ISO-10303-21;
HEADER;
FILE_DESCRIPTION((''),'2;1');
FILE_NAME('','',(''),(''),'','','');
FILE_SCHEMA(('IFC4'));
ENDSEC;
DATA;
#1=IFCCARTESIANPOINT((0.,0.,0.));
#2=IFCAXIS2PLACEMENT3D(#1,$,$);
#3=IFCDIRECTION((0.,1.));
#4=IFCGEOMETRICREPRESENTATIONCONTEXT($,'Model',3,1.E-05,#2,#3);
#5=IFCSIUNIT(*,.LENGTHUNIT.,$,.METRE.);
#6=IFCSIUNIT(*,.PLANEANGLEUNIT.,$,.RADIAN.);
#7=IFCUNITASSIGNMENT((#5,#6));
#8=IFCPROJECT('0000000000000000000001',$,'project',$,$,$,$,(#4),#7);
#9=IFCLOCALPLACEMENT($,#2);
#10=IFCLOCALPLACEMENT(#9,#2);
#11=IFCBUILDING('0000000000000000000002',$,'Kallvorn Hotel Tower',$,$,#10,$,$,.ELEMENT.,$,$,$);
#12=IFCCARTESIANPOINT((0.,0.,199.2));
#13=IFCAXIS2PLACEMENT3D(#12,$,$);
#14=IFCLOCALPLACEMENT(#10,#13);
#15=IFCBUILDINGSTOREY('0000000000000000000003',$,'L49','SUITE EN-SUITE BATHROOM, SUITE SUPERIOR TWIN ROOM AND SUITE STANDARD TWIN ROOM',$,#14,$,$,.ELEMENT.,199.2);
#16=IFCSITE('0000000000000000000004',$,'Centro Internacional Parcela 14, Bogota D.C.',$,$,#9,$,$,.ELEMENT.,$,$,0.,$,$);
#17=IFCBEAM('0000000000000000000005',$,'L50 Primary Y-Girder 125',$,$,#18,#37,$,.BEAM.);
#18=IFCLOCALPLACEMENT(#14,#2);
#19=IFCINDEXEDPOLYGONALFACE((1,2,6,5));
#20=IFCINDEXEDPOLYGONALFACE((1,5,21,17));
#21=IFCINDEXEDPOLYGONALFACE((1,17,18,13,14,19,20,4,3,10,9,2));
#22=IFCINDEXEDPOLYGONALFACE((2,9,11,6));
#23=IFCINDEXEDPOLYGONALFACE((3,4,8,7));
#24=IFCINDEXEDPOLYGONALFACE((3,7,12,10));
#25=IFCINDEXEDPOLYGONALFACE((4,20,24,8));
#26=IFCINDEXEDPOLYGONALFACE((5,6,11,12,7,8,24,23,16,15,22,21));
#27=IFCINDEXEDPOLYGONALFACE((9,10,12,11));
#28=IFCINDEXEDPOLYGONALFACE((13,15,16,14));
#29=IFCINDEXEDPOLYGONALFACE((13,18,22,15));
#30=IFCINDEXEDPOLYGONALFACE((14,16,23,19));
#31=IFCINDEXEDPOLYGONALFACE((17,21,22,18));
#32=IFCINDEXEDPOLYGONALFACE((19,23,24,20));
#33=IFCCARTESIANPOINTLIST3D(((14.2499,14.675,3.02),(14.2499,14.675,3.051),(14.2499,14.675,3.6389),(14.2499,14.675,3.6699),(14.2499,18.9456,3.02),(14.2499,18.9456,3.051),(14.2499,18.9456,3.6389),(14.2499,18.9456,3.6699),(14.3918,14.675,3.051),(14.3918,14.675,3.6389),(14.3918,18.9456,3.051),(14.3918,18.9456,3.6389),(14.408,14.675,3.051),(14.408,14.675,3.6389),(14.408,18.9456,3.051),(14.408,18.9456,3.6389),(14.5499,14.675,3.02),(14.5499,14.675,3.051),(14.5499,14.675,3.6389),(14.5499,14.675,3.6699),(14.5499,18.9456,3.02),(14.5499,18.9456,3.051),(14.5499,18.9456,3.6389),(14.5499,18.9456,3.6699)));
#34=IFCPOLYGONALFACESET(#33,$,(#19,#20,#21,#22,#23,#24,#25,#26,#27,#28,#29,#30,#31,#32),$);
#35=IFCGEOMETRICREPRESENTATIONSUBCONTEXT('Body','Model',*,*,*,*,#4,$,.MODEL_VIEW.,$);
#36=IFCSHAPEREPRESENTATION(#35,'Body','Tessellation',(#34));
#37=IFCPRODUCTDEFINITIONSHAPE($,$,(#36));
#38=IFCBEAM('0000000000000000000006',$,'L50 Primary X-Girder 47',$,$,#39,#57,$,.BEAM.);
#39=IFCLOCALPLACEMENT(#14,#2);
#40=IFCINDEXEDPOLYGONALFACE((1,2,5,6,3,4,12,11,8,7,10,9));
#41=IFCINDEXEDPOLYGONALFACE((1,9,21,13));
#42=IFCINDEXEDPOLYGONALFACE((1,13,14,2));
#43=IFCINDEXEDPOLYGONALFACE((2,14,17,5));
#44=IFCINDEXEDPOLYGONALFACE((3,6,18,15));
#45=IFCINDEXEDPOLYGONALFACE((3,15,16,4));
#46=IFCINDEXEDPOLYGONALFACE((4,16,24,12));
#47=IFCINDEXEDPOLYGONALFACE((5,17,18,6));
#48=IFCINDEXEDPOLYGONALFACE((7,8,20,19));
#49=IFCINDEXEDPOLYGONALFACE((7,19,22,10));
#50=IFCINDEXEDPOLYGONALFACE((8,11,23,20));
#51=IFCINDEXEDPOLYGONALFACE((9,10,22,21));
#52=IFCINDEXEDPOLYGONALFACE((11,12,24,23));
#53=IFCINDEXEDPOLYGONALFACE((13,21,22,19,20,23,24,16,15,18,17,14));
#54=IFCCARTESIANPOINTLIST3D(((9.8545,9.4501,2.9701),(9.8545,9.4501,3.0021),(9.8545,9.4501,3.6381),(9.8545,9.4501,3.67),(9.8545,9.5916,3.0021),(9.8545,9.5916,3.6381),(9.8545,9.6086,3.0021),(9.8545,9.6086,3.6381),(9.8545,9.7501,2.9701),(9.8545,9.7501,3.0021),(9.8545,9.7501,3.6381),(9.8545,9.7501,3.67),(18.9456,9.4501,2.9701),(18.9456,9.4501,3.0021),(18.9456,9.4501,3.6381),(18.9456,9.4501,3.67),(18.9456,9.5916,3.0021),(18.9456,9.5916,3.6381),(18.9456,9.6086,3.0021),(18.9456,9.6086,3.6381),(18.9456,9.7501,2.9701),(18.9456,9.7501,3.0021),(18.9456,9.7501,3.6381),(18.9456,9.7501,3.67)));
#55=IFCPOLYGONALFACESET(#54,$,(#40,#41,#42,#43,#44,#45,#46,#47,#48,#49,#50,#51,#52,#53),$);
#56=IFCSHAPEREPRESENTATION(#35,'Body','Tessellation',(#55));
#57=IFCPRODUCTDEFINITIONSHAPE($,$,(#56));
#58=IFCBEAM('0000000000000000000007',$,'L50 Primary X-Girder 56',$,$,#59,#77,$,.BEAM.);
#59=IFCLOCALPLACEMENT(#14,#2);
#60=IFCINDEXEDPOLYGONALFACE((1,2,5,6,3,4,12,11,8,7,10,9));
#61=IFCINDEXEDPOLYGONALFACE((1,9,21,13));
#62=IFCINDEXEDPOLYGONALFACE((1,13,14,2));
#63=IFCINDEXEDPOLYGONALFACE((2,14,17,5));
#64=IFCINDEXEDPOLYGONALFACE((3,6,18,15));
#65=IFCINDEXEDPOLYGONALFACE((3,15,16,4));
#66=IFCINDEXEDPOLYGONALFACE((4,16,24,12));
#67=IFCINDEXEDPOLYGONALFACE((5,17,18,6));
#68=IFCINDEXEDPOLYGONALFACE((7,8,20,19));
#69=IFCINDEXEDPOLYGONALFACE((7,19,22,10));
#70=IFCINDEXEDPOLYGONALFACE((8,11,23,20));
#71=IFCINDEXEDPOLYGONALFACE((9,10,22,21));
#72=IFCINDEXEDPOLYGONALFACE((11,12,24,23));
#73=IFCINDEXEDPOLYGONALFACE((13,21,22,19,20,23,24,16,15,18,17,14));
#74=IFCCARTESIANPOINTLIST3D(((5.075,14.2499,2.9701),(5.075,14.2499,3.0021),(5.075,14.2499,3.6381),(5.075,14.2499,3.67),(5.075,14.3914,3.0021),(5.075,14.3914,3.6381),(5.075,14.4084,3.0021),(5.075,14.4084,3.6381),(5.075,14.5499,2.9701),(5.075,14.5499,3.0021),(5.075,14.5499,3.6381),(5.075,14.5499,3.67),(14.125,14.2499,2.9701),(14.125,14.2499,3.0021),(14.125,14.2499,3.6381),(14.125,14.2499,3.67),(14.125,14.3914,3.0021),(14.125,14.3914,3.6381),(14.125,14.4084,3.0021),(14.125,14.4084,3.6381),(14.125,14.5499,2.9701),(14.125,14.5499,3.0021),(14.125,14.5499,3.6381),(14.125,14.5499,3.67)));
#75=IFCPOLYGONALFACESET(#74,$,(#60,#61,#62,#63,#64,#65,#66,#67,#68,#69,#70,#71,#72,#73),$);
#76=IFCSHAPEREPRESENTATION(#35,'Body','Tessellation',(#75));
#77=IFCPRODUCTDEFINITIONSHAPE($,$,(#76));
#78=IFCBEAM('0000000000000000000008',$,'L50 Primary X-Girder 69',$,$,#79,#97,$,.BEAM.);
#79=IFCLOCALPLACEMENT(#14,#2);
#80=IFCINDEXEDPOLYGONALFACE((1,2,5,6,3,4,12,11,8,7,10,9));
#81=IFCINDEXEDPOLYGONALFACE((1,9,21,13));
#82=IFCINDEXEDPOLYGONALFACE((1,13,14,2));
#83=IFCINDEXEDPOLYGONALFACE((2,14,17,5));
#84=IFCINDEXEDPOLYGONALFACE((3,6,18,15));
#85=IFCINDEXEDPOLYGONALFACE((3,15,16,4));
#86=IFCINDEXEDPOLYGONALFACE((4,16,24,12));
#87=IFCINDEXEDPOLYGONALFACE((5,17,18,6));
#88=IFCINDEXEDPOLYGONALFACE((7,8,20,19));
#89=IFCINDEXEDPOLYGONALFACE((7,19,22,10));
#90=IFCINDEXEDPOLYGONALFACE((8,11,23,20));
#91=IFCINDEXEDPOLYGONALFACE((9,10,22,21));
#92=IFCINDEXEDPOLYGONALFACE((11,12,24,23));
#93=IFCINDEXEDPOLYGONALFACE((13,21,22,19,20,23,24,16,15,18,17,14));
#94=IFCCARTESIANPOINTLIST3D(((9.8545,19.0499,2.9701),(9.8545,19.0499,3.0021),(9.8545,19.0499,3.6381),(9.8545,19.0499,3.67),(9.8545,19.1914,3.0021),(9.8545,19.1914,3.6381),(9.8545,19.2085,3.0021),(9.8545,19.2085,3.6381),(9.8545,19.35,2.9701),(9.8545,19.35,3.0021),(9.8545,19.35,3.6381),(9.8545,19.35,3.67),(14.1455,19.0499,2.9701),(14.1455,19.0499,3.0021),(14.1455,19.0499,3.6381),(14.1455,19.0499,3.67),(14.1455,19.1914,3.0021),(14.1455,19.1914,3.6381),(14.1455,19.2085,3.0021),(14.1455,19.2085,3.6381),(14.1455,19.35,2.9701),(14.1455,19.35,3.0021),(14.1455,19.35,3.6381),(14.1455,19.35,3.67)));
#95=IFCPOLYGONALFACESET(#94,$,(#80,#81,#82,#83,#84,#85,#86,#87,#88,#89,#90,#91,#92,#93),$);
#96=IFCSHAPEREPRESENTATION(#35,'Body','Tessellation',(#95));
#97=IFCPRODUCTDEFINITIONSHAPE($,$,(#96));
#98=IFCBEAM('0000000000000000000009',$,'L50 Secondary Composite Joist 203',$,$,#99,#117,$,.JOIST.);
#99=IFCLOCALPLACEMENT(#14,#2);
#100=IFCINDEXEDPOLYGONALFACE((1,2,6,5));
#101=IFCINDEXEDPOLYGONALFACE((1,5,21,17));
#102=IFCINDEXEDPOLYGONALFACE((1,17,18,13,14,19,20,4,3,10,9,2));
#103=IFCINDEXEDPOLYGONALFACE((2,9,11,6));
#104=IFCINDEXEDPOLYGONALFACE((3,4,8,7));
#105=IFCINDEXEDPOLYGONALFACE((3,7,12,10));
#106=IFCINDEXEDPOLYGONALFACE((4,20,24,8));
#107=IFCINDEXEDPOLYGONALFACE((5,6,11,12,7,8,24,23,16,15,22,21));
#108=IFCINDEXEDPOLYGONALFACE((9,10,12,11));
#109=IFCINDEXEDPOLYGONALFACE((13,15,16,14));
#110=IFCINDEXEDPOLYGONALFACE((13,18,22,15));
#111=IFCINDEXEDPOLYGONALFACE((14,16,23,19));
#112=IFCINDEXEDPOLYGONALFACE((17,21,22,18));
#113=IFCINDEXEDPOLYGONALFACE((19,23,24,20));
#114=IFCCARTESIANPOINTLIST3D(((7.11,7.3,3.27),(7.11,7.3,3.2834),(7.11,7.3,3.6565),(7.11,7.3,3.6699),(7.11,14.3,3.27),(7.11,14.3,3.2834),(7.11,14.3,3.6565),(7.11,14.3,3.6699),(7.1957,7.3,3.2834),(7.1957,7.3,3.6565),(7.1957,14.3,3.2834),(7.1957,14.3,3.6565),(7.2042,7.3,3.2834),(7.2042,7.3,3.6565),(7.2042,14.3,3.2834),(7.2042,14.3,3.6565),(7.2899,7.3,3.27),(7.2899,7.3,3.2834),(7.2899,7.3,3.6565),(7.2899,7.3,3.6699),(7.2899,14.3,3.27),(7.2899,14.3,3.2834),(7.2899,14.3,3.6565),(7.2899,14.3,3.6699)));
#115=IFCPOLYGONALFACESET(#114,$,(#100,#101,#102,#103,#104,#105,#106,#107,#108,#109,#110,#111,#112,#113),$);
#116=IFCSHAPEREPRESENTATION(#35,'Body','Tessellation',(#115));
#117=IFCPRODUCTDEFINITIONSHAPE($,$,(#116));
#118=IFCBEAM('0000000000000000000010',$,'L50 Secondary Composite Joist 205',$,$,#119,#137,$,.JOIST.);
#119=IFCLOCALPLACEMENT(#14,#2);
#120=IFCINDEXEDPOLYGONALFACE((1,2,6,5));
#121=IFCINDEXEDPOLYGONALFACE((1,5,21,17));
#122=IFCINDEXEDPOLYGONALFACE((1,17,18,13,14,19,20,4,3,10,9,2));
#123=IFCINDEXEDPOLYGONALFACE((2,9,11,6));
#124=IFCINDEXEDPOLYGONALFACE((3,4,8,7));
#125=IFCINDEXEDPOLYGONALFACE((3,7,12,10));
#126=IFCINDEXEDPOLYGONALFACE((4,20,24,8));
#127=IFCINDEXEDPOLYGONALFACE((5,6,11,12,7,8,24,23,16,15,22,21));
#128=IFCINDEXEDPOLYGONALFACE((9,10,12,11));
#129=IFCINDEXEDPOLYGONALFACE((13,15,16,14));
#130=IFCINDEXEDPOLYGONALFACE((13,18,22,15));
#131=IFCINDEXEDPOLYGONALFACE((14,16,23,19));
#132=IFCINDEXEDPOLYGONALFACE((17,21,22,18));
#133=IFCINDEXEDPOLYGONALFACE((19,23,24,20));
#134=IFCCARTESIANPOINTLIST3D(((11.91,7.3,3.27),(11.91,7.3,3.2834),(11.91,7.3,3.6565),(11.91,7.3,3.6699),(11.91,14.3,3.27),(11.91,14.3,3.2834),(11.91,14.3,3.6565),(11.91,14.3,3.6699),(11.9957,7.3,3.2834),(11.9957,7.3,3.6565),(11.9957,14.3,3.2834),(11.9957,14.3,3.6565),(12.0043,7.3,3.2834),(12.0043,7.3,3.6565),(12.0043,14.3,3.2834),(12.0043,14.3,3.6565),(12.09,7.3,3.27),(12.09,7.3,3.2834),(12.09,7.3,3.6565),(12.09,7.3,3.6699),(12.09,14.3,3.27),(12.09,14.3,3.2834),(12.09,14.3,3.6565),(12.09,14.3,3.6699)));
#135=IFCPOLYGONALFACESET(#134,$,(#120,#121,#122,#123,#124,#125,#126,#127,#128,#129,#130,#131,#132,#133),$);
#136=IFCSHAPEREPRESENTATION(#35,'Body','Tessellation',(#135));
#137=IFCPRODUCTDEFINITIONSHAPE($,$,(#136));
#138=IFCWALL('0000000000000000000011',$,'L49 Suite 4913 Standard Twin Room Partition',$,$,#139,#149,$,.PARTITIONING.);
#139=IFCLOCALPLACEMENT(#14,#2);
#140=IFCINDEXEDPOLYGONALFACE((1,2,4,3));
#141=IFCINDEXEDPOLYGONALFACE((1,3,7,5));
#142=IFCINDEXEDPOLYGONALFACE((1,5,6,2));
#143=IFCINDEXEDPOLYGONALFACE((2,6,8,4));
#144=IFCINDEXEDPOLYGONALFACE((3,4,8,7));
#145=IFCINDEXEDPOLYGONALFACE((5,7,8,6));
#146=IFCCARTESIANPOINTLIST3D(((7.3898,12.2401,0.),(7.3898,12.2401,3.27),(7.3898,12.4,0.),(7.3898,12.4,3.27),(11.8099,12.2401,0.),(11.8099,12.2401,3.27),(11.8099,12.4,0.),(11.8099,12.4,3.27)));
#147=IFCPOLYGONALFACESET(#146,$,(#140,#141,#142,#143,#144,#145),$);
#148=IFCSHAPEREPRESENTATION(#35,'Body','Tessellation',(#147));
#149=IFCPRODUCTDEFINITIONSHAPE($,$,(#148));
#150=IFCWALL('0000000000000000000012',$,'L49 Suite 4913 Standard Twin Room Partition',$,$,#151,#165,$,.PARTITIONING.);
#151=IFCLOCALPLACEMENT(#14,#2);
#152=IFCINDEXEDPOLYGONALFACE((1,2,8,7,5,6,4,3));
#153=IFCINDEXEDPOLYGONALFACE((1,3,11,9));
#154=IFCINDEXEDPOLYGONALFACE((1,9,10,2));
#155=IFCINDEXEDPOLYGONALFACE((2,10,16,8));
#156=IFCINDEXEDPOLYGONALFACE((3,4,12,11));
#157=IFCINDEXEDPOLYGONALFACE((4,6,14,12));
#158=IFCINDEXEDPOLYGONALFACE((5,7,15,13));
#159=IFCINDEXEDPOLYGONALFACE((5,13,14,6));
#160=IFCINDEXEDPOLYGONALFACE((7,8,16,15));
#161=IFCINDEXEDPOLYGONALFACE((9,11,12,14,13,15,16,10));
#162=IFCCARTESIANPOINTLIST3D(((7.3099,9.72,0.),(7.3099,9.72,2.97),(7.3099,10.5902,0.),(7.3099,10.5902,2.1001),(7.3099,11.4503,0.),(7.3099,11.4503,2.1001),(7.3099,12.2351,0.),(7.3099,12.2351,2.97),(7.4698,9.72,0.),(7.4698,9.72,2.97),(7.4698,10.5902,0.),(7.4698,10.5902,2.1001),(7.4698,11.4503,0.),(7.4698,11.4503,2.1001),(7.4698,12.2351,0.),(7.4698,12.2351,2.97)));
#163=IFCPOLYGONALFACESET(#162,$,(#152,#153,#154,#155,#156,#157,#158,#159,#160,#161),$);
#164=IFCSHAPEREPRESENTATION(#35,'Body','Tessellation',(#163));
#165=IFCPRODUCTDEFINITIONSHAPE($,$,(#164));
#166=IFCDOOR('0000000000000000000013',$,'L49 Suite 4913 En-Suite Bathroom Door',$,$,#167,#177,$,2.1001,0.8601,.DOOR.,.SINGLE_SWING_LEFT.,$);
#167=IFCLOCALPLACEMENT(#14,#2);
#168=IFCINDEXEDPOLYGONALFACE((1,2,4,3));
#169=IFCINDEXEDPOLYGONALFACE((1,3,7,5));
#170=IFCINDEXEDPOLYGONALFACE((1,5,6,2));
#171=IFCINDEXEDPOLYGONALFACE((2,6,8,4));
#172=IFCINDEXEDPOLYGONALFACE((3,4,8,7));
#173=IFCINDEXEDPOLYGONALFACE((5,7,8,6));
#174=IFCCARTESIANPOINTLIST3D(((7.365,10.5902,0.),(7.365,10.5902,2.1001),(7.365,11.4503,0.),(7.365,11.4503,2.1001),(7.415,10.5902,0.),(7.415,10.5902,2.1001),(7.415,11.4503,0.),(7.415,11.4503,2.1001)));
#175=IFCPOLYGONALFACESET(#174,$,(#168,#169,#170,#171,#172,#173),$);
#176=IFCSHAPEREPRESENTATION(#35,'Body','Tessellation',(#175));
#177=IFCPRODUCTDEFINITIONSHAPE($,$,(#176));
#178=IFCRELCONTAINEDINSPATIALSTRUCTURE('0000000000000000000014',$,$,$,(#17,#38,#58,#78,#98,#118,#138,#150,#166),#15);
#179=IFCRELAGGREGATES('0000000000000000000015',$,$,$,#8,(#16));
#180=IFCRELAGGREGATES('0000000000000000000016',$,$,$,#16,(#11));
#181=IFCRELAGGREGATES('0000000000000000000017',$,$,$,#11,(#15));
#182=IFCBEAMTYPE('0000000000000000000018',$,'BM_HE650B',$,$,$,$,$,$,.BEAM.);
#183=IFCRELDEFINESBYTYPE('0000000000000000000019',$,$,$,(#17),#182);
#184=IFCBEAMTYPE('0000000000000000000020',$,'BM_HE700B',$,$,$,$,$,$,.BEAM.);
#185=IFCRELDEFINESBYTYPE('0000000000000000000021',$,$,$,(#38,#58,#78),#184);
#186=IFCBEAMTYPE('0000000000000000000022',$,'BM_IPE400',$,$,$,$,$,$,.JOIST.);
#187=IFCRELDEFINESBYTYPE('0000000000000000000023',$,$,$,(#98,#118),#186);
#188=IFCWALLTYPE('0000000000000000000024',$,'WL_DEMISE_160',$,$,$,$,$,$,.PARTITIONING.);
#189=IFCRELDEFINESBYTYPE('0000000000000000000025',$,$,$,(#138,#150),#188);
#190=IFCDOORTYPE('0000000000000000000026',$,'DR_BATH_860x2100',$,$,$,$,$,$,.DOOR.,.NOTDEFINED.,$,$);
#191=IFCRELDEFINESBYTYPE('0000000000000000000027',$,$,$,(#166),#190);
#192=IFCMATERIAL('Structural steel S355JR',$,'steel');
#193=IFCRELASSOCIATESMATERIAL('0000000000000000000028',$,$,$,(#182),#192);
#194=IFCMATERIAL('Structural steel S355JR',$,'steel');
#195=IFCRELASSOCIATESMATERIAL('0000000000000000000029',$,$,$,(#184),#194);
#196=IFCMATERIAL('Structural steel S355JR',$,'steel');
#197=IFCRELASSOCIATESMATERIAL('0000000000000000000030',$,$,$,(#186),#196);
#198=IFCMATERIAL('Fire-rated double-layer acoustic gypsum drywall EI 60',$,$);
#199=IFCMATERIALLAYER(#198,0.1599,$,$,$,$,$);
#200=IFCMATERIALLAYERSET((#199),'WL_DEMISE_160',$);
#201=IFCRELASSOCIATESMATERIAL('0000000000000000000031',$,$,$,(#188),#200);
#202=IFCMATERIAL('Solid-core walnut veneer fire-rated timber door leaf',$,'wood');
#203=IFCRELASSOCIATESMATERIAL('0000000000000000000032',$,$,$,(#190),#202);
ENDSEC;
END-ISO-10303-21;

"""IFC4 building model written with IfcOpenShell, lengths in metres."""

from ifc_helpers import new_model, si_unit, direction, frame, frame_2d, origin, origin_2d, place, context, subcontext, project, spatial, rectangle, i_section, extrude, material, layer, layer_set, material_profile, profile_set, type_object, element, fill, save


model = new_model("IFC4")

# Units and contexts
model_context = context("Model", 3, precision=1e-05, world=origin(), true_north=direction((0.0, 1.0)))
body_context = subcontext(model_context, "Body", "Model", "MODEL_VIEW")
ifc_project = project(units=[si_unit("LENGTHUNIT", "METRE"), si_unit("PLANEANGLEUNIT", "RADIAN")], contexts=[model_context])

# Site, building, storey
site_placement = place(None, origin())
site = spatial("IfcSite", under=ifc_project, at=site_placement, Name="Centro Internacional Parcela 14, Bogota D.C.", CompositionType="ELEMENT", RefElevation=0.0)
building_placement = place(site_placement, origin())
building = spatial("IfcBuilding", under=site, at=building_placement, Name="Kallvorn Hotel Tower", CompositionType="ELEMENT")
storey_placement = place(building_placement, frame((0.0, 0.0, 199.2)))
storey = spatial("IfcBuildingStorey", under=building, at=storey_placement, Name="L49", Description="SUITE EN-SUITE BATHROOM, SUITE SUPERIOR TWIN ROOM AND SUITE STANDARD TWIN ROOM", CompositionType="ELEMENT", Elevation=199.2)

# Beams
ifc_material_1 = material(Name="Structural steel S355JR", Category="steel")
ifc_material_profile_1 = material_profile(ifc_material_1, i_section(OverallWidth=0.3, OverallDepth=0.6499, WebThickness=0.0161, FlangeThickness=0.031, at=origin_2d()), Name="HE 650 B")
ifc_profile_set_1 = profile_set([ifc_material_profile_1], Name="Structural steel S355JR")
beam_type_1 = type_object("IfcBeamType", Name="BM_HE650B", PredefinedType="BEAM", material=ifc_profile_set_1)
beam_1_placement = place(storey_placement, frame((14.3999, 14.675, 3.345), z_axis=(0.0, 1.0, 0.0), x_axis=(-1.0, 0.0, 0.0)))
element("IfcBeam", 1, at=beam_1_placement, inside=storey, type_object=beam_type_1, Name="L50 Primary Y-Girder 125", PredefinedType="BEAM", context=body_context, shape_type="SweptSolid", body=[
    extrude(i_section(OverallWidth=0.3, OverallDepth=0.6499, WebThickness=0.0161, FlangeThickness=0.031, at=origin_2d()), origin(), (0.0, 0.0, 1.0), 4.2705),
])
ifc_material_2 = material(Name="Structural steel S355JR", Category="steel")
ifc_material_profile_2 = material_profile(ifc_material_2, i_section(OverallWidth=0.3, OverallDepth=0.7, WebThickness=0.0171, FlangeThickness=0.032, at=origin_2d()), Name="HE 700 B")
ifc_profile_set_2 = profile_set([ifc_material_profile_2], Name="Structural steel S355JR")
beam_type_2 = type_object("IfcBeamType", Name="BM_HE700B", PredefinedType="BEAM", material=ifc_profile_set_2)
beam_2_placement = place(storey_placement, frame((9.8545, 9.6001, 3.3201), z_axis=(1.0, 0.0, 0.0), x_axis=(0.0, 1.0, 0.0)))
element("IfcBeam", 2, at=beam_2_placement, inside=storey, type_object=beam_type_2, Name="L50 Primary X-Girder 47", PredefinedType="BEAM", context=body_context, shape_type="SweptSolid", body=[
    extrude(i_section(OverallWidth=0.3, OverallDepth=0.7, WebThickness=0.0171, FlangeThickness=0.032, at=origin_2d()), origin(), (0.0, 0.0, 1.0), 9.0911),
])
beam_3_placement = place(storey_placement, frame((5.075, 14.3999, 3.3201), z_axis=(1.0, 0.0, 0.0), x_axis=(0.0, 1.0, 0.0)))
element("IfcBeam", 3, at=beam_3_placement, inside=storey, type_object=beam_type_2, Name="L50 Primary X-Girder 56", PredefinedType="BEAM", context=body_context, shape_type="SweptSolid", body=[
    extrude(i_section(OverallWidth=0.3, OverallDepth=0.7, WebThickness=0.0171, FlangeThickness=0.032, at=origin_2d()), origin(), (0.0, 0.0, 1.0), 9.05),
])
beam_4_placement = place(storey_placement, frame((9.8545, 19.2, 3.3201), z_axis=(1.0, 0.0, 0.0), x_axis=(0.0, 1.0, 0.0)))
element("IfcBeam", 4, at=beam_4_placement, inside=storey, type_object=beam_type_2, Name="L50 Primary X-Girder 69", PredefinedType="BEAM", context=body_context, shape_type="SweptSolid", body=[
    extrude(i_section(OverallWidth=0.3, OverallDepth=0.7, WebThickness=0.0171, FlangeThickness=0.032, at=origin_2d()), origin(), (0.0, 0.0, 1.0), 4.291),
])
ifc_material_3 = material(Name="Structural steel S355JR", Category="steel")
ifc_material_profile_3 = material_profile(ifc_material_3, i_section(OverallWidth=0.1799, OverallDepth=0.3999, WebThickness=0.0085, FlangeThickness=0.0134, at=origin_2d()), Name="IPE 400")
ifc_profile_set_3 = profile_set([ifc_material_profile_3], Name="Structural steel S355JR")
beam_type_3 = type_object("IfcBeamType", Name="BM_IPE400", PredefinedType="JOIST", material=ifc_profile_set_3)
for number, where, z_axis, x_axis, name in (
    (5, (7.2, 7.3, 3.47), (0.0, 1.0, 0.0), (-1.0, 0.0, 0.0), "L50 Secondary Composite Joist 203"),
    (6, (12.0, 7.3, 3.47), (0.0, 1.0, 0.0), (-1.0, 0.0, 0.0), "L50 Secondary Composite Joist 205"),
):
    element("IfcBeam", number, at=place(storey_placement, frame(where, z_axis=z_axis, x_axis=x_axis)), inside=storey, type_object=beam_type_3, Name=name, PredefinedType="JOIST", context=body_context, shape_type="SweptSolid", body=[
        extrude(i_section(OverallWidth=0.1799, OverallDepth=0.3999, WebThickness=0.0085, FlangeThickness=0.0134, at=origin_2d()), origin(), (0.0, 0.0, 1.0), 7.0),
    ])

# Wall
ifc_material_4 = material(Name="Fire-rated double-layer acoustic gypsum drywall EI 60")
ifc_layer = layer(ifc_material_4, 0.1599)
ifc_layer_set = layer_set([ifc_layer], Name="WL_DEMISE_160")
wall_type = type_object("IfcWallType", Name="WL_DEMISE_160", PredefinedType="PARTITIONING", material=ifc_layer_set)
wall_1_placement = place(storey_placement, frame((7.3899, 12.3201, 0.0), z_axis=(0.0, 0.0, 1.0), x_axis=(1.0, 0.0, 0.0)))
element("IfcWall", 7, at=wall_1_placement, inside=storey, type_object=wall_type, Name="L49 Suite 4913 Standard Twin Room Partition", PredefinedType="PARTITIONING", context=body_context, shape_type="SweptSolid", body=[
    extrude(rectangle(XDim=4.4202, YDim=0.1599, at=frame_2d((2.21, 0.0))), origin(), (0.0, 0.0, 1.0), 3.27),
])

# Wall, opening, door
wall_2_placement = place(storey_placement, frame((7.3899, 9.72, 0.0), z_axis=(0.0, 0.0, 1.0), x_axis=(0.0, 1.0, 0.0)))
wall_2 = element("IfcWall", 8, at=wall_2_placement, inside=storey, type_object=wall_type, Name="L49 Suite 4913 Standard Twin Room Partition", PredefinedType="PARTITIONING", context=body_context, shape_type="SweptSolid", body=[
    extrude(rectangle(XDim=2.5151, YDim=0.1599, at=frame_2d((1.2576, 0.0))), origin(), (0.0, 0.0, 1.0), 2.97),
])
opening_1_placement = place(wall_2_placement, frame((0.8701, 0.0, 0.0)))
opening_1 = element("IfcOpeningElement", 9, at=opening_1_placement, cuts=wall_2, PredefinedType="OPENING", context=body_context, shape_type="SweptSolid", body=[
    extrude(rectangle(XDim=0.8601, YDim=2.1001, at=frame_2d((0.4302, 1.05))), frame((0.0, 0.095, 0.0), z_axis=(0.0, -1.0, 0.0), x_axis=(1.0, 0.0, 0.0)), (0.0, 0.0, 1.0), 0.1899),
])
ifc_material_5 = material(Name="Solid-core walnut veneer fire-rated timber door leaf", Category="wood")
door_type = type_object("IfcDoorType", Name="DR_BATH_860x2100", OperationType="NOTDEFINED", PredefinedType="DOOR", material=ifc_material_5)
door_1_placement = place(opening_1_placement, origin())
door_1 = element("IfcDoor", 10, at=door_1_placement, inside=storey, type_object=door_type, Name="L49 Suite 4913 En-Suite Bathroom Door", OperationType="SINGLE_SWING_LEFT", OverallHeight=2.1001, OverallWidth=0.8601, PredefinedType="DOOR", context=body_context, shape_type="SweptSolid", body=[
    extrude(rectangle(XDim=0.8601, YDim=2.1001, at=frame_2d((0.4302, 1.05))), frame((0.0, 0.0249, 0.0), z_axis=(0.0, -1.0, 0.0), x_axis=(1.0, 0.0, 0.0)), (0.0, 0.0, 1.0), 0.05),
])
fill(opening_1, door_1)

save(model, "model.ifc")
